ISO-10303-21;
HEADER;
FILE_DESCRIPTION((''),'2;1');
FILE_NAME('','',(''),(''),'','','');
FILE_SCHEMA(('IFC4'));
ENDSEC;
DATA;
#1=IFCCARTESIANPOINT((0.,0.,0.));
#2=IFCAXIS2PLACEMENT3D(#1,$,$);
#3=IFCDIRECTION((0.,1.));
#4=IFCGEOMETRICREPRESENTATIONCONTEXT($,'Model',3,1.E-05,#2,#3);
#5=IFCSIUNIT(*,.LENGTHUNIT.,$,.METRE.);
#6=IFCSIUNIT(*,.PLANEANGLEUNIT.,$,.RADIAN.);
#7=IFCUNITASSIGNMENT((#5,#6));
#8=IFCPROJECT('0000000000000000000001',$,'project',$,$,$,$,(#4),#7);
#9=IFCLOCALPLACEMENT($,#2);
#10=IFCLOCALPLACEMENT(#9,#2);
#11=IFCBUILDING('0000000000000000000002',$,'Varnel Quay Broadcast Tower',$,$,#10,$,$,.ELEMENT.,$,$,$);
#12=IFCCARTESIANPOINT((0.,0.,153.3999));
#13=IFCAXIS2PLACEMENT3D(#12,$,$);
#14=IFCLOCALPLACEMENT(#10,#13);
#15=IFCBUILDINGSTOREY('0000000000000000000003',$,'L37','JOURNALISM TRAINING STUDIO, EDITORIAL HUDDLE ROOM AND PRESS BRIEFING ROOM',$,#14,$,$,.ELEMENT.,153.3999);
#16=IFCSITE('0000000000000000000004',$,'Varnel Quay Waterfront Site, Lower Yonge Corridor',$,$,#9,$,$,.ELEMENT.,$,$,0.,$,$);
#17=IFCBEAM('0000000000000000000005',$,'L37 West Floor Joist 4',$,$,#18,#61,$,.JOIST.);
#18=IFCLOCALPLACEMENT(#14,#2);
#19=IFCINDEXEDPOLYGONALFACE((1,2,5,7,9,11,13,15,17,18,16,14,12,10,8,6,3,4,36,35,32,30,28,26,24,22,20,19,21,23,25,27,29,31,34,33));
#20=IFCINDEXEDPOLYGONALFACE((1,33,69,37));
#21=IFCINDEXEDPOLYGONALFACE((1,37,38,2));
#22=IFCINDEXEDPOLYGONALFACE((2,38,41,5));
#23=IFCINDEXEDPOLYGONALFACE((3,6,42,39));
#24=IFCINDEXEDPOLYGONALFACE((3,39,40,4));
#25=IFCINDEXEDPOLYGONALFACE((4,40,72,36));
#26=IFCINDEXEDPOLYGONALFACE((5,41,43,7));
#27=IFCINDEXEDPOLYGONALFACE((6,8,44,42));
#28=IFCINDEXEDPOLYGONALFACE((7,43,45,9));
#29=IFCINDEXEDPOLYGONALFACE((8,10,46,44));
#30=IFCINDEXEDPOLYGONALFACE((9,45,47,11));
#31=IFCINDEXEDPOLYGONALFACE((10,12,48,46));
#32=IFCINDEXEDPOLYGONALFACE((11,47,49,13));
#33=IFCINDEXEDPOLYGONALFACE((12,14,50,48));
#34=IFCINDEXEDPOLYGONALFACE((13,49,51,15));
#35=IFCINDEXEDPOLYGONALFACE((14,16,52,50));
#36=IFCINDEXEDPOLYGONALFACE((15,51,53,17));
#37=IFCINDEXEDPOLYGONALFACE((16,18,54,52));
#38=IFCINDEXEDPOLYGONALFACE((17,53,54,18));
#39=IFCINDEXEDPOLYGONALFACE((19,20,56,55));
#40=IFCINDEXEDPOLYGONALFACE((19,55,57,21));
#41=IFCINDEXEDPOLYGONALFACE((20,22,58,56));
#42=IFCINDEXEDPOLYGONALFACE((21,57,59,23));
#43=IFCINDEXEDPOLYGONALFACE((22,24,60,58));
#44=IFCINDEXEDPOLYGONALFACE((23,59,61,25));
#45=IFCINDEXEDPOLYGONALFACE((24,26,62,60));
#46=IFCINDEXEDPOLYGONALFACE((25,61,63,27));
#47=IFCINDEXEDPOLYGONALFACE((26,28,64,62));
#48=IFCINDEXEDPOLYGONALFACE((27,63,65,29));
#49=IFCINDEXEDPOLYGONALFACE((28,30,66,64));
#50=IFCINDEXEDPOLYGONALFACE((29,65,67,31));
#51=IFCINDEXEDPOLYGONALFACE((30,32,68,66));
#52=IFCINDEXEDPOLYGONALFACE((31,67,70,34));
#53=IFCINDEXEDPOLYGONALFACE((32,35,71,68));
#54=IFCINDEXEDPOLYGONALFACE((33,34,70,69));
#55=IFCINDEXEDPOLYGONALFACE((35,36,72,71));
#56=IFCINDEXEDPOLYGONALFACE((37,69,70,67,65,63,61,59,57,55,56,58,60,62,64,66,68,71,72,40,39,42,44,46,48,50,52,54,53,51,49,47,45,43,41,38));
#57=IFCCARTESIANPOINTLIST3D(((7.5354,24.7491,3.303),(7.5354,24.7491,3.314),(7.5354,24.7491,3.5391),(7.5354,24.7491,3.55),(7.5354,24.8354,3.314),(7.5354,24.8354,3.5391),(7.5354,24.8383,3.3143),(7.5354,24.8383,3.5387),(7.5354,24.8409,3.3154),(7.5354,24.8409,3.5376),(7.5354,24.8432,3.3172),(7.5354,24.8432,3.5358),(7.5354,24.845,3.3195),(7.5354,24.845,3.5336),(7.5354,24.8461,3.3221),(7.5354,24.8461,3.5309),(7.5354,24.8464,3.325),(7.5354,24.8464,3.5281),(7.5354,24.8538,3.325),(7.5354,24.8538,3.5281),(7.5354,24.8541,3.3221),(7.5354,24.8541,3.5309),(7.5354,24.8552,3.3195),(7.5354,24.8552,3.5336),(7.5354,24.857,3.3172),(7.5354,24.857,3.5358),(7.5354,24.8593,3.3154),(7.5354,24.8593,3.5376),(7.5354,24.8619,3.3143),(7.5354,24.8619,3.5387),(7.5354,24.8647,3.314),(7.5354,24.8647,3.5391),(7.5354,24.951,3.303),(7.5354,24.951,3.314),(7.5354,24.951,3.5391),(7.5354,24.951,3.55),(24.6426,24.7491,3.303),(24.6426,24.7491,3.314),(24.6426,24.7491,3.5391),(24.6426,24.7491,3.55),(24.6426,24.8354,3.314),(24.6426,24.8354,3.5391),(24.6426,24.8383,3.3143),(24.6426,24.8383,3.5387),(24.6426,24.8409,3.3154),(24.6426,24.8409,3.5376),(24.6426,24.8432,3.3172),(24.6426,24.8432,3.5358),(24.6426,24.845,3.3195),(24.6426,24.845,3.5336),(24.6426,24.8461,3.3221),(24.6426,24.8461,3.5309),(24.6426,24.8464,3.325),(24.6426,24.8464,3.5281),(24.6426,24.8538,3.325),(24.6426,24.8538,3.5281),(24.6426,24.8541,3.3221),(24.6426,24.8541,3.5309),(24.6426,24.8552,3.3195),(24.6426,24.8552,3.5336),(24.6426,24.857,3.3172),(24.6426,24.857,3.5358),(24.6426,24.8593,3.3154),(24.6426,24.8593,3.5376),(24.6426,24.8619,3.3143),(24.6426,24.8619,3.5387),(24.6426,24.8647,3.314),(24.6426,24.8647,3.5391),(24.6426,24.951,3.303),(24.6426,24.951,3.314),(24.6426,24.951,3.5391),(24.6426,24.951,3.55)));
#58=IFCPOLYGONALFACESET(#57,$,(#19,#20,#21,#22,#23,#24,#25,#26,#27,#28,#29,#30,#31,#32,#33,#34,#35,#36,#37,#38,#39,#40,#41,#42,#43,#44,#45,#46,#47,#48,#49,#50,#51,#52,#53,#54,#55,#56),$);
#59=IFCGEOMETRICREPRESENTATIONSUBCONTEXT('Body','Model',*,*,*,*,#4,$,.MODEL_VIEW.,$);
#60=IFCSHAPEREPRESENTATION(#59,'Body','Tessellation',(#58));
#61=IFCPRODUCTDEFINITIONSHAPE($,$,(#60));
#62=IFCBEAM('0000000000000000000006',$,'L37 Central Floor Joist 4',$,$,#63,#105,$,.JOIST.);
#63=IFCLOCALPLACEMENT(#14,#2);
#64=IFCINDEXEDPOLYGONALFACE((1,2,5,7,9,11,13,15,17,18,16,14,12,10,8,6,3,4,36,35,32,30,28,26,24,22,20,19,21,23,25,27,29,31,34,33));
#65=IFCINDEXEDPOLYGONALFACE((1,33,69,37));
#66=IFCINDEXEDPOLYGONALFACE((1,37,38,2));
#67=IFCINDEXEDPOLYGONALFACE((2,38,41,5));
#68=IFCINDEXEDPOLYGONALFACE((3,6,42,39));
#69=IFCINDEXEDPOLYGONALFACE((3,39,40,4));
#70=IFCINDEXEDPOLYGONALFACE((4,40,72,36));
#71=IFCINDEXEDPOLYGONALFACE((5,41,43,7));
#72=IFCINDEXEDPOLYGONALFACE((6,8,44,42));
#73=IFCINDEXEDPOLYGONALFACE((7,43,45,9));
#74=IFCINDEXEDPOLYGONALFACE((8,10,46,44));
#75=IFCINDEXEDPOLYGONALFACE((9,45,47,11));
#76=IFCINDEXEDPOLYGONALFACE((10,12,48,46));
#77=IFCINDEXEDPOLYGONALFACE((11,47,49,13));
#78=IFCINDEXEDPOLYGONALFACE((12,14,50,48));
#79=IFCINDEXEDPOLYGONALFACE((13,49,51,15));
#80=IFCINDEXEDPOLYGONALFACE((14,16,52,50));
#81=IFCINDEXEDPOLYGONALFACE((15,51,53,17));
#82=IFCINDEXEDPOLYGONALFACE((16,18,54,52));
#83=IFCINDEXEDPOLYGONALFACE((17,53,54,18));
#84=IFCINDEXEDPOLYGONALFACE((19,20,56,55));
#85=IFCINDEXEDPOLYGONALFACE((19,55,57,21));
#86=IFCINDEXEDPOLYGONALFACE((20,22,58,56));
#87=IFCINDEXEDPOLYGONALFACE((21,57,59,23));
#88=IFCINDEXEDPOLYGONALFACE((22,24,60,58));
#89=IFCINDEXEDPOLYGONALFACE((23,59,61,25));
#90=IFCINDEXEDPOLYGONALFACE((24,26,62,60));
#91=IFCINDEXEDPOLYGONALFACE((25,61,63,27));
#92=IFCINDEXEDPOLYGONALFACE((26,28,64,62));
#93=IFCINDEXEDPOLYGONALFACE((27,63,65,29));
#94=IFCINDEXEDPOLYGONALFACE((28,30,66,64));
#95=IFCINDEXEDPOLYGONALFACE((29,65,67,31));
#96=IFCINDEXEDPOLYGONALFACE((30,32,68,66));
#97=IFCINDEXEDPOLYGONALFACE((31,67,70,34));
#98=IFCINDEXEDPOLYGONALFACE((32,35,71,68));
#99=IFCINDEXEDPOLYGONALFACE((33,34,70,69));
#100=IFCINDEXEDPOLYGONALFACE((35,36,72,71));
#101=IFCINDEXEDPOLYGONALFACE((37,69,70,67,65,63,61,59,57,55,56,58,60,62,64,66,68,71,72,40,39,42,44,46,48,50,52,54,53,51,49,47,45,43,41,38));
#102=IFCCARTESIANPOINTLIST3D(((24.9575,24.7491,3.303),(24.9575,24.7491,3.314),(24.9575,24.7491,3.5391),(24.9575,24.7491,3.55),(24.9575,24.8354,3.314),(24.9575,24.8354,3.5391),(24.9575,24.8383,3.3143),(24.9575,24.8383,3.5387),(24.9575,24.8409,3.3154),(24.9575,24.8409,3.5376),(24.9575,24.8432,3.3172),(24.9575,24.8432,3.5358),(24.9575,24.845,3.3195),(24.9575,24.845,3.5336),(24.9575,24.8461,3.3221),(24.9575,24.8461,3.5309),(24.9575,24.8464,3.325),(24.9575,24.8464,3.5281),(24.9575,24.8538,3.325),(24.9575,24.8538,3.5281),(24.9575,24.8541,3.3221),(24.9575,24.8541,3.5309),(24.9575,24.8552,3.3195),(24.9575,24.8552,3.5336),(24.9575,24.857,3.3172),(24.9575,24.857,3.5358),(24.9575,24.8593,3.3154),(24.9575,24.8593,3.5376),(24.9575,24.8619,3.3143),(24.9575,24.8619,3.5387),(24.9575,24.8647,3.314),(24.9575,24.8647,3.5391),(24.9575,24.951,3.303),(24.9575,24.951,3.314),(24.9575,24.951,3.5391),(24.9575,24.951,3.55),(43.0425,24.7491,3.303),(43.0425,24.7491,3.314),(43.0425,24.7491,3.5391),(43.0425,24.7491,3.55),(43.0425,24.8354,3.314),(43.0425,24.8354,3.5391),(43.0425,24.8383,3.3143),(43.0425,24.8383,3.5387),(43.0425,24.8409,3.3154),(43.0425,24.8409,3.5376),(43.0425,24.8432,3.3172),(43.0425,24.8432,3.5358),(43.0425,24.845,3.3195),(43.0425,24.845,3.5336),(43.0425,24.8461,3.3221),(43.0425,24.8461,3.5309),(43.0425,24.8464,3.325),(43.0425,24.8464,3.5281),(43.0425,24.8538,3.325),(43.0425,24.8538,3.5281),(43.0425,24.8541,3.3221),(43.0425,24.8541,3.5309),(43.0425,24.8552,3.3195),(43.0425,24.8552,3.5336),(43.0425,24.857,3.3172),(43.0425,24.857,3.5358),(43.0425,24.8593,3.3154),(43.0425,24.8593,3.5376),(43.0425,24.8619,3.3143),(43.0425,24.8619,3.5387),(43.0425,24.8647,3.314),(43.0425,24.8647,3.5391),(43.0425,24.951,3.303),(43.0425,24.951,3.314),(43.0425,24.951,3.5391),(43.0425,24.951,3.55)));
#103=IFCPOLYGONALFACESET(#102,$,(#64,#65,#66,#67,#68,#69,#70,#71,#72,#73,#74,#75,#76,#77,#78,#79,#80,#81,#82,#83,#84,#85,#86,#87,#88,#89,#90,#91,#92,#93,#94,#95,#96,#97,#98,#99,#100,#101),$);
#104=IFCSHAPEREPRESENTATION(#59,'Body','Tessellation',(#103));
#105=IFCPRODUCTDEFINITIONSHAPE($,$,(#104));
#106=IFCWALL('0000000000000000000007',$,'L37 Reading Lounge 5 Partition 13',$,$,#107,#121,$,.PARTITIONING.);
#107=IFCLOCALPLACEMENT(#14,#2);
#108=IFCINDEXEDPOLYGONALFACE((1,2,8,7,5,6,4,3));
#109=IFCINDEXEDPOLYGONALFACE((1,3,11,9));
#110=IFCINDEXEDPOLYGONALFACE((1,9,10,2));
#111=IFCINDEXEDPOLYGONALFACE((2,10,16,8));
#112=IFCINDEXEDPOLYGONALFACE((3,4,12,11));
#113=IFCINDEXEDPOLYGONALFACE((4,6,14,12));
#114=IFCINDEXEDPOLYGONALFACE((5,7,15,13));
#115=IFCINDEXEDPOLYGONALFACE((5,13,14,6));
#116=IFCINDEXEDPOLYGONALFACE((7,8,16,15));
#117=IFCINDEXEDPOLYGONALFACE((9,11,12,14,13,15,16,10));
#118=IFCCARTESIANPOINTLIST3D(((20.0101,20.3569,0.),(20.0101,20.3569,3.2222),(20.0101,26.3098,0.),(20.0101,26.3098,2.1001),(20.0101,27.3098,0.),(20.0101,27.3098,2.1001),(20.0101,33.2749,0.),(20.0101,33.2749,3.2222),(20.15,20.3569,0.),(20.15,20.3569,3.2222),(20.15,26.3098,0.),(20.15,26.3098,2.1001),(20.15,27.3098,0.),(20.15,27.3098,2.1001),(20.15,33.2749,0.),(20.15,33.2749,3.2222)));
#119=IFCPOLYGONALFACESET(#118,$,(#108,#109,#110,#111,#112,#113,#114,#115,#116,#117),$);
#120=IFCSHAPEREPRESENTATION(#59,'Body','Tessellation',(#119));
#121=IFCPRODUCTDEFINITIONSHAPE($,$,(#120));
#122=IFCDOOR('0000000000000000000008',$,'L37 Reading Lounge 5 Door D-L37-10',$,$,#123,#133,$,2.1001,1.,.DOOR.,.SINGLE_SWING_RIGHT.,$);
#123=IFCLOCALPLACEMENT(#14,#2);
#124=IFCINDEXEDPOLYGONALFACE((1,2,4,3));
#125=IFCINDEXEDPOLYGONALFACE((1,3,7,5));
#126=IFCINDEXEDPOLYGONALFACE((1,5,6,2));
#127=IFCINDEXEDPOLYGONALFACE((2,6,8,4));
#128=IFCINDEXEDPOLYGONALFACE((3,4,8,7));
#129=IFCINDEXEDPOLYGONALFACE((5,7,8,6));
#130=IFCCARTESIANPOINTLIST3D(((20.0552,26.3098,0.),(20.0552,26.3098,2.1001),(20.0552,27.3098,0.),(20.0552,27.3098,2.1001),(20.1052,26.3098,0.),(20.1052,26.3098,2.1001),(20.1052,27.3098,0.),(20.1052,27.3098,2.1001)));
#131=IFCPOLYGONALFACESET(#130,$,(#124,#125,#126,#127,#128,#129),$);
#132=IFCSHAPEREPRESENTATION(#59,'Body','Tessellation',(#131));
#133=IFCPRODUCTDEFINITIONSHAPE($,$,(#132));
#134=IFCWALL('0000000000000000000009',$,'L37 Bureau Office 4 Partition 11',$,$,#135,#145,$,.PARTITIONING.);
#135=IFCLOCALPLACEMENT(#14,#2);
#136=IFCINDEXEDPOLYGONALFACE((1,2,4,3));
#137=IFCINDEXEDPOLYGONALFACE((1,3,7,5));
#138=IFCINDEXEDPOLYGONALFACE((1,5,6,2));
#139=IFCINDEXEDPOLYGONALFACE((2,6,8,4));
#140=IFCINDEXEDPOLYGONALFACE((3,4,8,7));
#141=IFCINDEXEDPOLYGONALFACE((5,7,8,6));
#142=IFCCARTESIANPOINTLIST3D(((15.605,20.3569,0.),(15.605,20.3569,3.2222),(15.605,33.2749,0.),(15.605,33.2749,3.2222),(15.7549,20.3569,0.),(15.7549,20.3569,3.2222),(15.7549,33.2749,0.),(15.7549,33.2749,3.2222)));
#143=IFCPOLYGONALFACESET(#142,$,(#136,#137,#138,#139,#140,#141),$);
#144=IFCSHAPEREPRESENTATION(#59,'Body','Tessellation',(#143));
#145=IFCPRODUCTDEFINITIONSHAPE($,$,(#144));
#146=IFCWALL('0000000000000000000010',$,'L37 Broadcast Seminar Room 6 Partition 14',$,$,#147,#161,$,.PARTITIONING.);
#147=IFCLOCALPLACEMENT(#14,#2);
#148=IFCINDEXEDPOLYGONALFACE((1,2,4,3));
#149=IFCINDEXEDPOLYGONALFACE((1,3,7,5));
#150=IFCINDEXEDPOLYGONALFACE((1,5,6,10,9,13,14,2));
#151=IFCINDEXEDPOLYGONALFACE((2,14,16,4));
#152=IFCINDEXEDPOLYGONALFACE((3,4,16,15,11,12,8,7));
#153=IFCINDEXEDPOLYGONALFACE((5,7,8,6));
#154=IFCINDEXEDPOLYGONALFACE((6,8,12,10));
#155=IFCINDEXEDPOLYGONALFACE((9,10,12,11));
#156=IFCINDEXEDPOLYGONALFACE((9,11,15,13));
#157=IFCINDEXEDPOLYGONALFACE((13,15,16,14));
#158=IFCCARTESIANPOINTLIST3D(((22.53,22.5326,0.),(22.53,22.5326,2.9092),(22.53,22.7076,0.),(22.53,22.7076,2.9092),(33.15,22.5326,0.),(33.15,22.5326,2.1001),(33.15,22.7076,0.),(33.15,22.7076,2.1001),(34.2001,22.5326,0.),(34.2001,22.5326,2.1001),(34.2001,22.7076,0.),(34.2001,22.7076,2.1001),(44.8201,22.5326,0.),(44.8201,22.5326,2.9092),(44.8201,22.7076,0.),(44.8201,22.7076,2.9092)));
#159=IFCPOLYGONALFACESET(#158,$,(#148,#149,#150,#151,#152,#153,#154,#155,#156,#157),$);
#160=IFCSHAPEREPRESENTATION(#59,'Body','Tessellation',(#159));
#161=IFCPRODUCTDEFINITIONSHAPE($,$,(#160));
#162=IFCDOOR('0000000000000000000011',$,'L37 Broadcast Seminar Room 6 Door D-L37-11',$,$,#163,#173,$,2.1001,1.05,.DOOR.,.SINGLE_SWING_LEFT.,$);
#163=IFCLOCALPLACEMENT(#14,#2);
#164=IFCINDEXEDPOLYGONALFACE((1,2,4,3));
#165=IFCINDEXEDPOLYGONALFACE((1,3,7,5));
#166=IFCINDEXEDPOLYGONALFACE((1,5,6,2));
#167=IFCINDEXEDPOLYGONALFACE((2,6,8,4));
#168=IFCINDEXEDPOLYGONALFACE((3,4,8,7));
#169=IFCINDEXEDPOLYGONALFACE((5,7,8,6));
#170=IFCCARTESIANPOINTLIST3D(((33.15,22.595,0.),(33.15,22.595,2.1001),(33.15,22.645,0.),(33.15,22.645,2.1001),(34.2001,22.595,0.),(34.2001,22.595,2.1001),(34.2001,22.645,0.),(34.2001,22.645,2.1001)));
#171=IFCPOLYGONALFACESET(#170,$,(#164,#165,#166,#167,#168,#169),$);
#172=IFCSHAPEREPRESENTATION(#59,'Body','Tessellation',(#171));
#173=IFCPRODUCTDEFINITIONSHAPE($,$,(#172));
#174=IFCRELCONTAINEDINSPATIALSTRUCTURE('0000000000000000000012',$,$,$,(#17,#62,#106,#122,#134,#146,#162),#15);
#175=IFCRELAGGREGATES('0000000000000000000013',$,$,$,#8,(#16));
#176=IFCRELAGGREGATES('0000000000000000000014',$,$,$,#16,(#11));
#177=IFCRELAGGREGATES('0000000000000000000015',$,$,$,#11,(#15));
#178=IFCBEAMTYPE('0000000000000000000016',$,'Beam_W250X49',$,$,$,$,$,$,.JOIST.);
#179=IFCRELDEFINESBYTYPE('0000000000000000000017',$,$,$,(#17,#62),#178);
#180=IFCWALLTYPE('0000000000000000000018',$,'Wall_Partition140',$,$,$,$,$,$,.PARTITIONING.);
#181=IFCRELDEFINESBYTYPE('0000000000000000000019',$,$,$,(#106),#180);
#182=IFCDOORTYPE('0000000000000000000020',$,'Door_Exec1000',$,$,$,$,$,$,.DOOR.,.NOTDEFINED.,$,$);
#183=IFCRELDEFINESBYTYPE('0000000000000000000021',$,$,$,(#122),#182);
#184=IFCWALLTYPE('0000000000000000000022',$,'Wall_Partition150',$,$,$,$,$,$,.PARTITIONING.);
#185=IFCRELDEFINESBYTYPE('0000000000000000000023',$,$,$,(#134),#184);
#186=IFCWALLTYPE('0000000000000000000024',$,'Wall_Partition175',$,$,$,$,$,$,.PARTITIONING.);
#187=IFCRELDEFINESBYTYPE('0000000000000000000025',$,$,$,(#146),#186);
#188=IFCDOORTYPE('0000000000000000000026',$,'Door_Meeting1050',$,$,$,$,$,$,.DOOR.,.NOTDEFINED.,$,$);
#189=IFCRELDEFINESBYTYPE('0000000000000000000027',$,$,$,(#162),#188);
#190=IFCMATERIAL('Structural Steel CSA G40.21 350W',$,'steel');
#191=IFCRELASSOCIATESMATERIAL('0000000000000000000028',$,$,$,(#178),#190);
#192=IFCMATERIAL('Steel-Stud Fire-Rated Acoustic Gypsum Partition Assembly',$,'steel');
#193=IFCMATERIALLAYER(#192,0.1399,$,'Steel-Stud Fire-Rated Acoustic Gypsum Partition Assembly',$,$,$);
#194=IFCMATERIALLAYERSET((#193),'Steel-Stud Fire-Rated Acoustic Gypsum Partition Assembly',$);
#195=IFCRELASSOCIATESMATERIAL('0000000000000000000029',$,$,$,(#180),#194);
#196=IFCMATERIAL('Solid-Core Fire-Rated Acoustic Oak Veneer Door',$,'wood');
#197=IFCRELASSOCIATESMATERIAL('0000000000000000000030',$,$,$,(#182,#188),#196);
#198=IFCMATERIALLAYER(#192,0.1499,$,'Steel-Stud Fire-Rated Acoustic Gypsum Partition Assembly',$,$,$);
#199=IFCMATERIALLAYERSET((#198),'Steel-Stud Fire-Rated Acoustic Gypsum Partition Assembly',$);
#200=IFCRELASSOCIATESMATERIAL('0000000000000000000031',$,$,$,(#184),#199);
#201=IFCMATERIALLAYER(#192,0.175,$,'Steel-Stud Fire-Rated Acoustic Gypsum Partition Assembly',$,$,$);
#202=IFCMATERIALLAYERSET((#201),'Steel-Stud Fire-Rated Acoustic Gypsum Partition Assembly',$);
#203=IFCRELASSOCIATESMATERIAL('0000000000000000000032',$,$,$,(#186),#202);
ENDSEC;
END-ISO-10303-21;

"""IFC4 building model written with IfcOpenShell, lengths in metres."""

from ifc_helpers import new_model, si_unit, direction, frame, frame_2d, origin, origin_2d, place, context, subcontext, project, spatial, rectangle, i_section, extrude, source, transform, mapped, material, layer, layer_set, material_profile, profile_set, type_object, type_shapes, element, fill, save


model = new_model("IFC4")

# Units and contexts
model_context = context("Model", 3, precision=1e-05, world=origin(), true_north=direction((0.0, 1.0)))
body_context = subcontext(model_context, "Body", "Model", "MODEL_VIEW")
ifc_project = project(units=[si_unit("LENGTHUNIT", "METRE"), si_unit("PLANEANGLEUNIT", "RADIAN")], contexts=[model_context])

# Site, building, storey
site_placement = place(None, origin())
site = spatial("IfcSite", under=ifc_project, at=site_placement, Name="Varnel Quay Waterfront Site, Lower Yonge Corridor", CompositionType="ELEMENT", RefElevation=0.0)
building_placement = place(site_placement, origin())
building = spatial("IfcBuilding", under=site, at=building_placement, Name="Varnel Quay Broadcast Tower", CompositionType="ELEMENT")
storey_placement = place(building_placement, frame((0.0, 0.0, 153.3999)))
storey = spatial("IfcBuildingStorey", under=building, at=storey_placement, Name="L37", Description="JOURNALISM TRAINING STUDIO, EDITORIAL HUDDLE ROOM AND PRESS BRIEFING ROOM", CompositionType="ELEMENT", Elevation=153.3999)

# Beams
ifc_material_1 = material(Name="Structural Steel CSA G40.21 350W", Category="steel")
ifc_material_profile_1 = material_profile(ifc_material_1, i_section(OverallWidth=0.2019, OverallDepth=0.2471, WebThickness=0.0073, FlangeThickness=0.011, FilletRadius=0.011, at=origin_2d()), Name="W250X49")
ifc_profile_set_1 = profile_set([ifc_material_profile_1], Name="Structural Steel CSA G40.21 350W")
beam_type_1 = type_object("IfcBeamType", Name="Beam_W250X49", PredefinedType="JOIST", material=ifc_profile_set_1)
shared_shape_1 = source(origin(), body_context, "Body", "SweptSolid", [
    extrude(i_section(OverallWidth=0.2019, OverallDepth=0.2471, WebThickness=0.0073, FlangeThickness=0.011, FilletRadius=0.011, at=origin_2d()), origin(), (0.0, 0.0, 1.0), 17.1072),
])
beam_1_placement = place(storey_placement, frame((7.5354, 24.8501, 3.4265), z_axis=(1.0, 0.0, 0.0), x_axis=(0.0, 1.0, 0.0)))
element("IfcBeam", 1, at=beam_1_placement, inside=storey, type_object=beam_type_1, Name="L37 West Floor Joist 4", PredefinedType="JOIST", context=body_context, shape_type="MappedRepresentation", body=[
    mapped(shared_shape_1, transform((0.0, 0.0, 0.0), x_axis=(1.0, 0.0, 0.0), y_axis=(0.0, 1.0, 0.0), z_axis=(0.0, 0.0, 1.0), scale=1.0)),
])
shared_shape_2 = source(origin(), body_context, "Body", "SweptSolid", [
    extrude(i_section(OverallWidth=0.2019, OverallDepth=0.2471, WebThickness=0.0073, FlangeThickness=0.011, FilletRadius=0.011, at=origin_2d()), origin(), (0.0, 0.0, 1.0), 18.085),
])
type_shapes(beam_type_1, [shared_shape_1, shared_shape_2])
beam_2_placement = place(storey_placement, frame((24.9575, 24.8501, 3.4265), z_axis=(1.0, 0.0, 0.0), x_axis=(0.0, 1.0, 0.0)))
element("IfcBeam", 2, at=beam_2_placement, inside=storey, type_object=beam_type_1, Name="L37 Central Floor Joist 4", PredefinedType="JOIST", context=body_context, shape_type="MappedRepresentation", body=[
    mapped(shared_shape_2, transform((0.0, 0.0, 0.0), x_axis=(1.0, 0.0, 0.0), y_axis=(0.0, 1.0, 0.0), z_axis=(0.0, 0.0, 1.0), scale=1.0)),
])

# Wall, opening, door
ifc_material_2 = material(Name="Steel-Stud Fire-Rated Acoustic Gypsum Partition Assembly", Category="steel")
ifc_layer_1 = layer(ifc_material_2, 0.1399, Name="Steel-Stud Fire-Rated Acoustic Gypsum Partition Assembly")
ifc_layer_set_1 = layer_set([ifc_layer_1], Name="Steel-Stud Fire-Rated Acoustic Gypsum Partition Assembly")
wall_type_1 = type_object("IfcWallType", Name="Wall_Partition140", PredefinedType="PARTITIONING", material=ifc_layer_set_1)
wall_1_placement = place(storey_placement, frame((20.0801, 20.3569, 0.0), z_axis=(0.0, 0.0, 1.0), x_axis=(0.0, 1.0, 0.0)))
wall_1 = element("IfcWall", 3, at=wall_1_placement, inside=storey, type_object=wall_type_1, Name="L37 Reading Lounge 5 Partition 13", PredefinedType="PARTITIONING", context=body_context, shape_type="SweptSolid", body=[
    extrude(rectangle(XDim=12.918, YDim=0.1399, at=frame_2d((6.459, 0.0))), origin(), (0.0, 0.0, 1.0), 3.2222),
])
opening_1_placement = place(wall_1_placement, frame((5.9529, 0.0, 0.0)))
opening_1 = element("IfcOpeningElement", 4, at=opening_1_placement, cuts=wall_1, PredefinedType="OPENING", context=body_context, shape_type="SweptSolid", body=[
    extrude(rectangle(XDim=1.0, YDim=2.1001, at=frame_2d((0.5, 1.05))), frame((0.0, 0.0801, 0.0), z_axis=(0.0, -1.0, 0.0), x_axis=(1.0, 0.0, 0.0)), (0.0, 0.0, 1.0), 0.1599),
])
ifc_material_3 = material(Name="Solid-Core Fire-Rated Acoustic Oak Veneer Door", Category="wood")
door_type_1 = type_object("IfcDoorType", Name="Door_Exec1000", OperationType="NOTDEFINED", PredefinedType="DOOR", material=ifc_material_3)
shared_shape_3 = source(origin(), body_context, "Body", "SweptSolid", [
    extrude(rectangle(XDim=1.0, YDim=2.1001, at=frame_2d((0.5, 1.05))), frame((0.0, 0.0249, 0.0), z_axis=(0.0, -1.0, 0.0), x_axis=(1.0, 0.0, 0.0)), (0.0, 0.0, 1.0), 0.05),
])
type_shapes(door_type_1, [shared_shape_3])
door_1_placement = place(opening_1_placement, origin())
door_1 = element("IfcDoor", 5, at=door_1_placement, inside=storey, type_object=door_type_1, Name="L37 Reading Lounge 5 Door D-L37-10", OperationType="SINGLE_SWING_RIGHT", OverallHeight=2.1001, OverallWidth=1.0, PredefinedType="DOOR", context=body_context, shape_type="MappedRepresentation", body=[
    mapped(shared_shape_3, transform((0.0, 0.0, 0.0), x_axis=(1.0, 0.0, 0.0), y_axis=(0.0, 1.0, 0.0), z_axis=(0.0, 0.0, 1.0), scale=1.0)),
])
fill(opening_1, door_1)

# Wall
ifc_layer_2 = layer(ifc_material_2, 0.1499, Name="Steel-Stud Fire-Rated Acoustic Gypsum Partition Assembly")
ifc_layer_set_2 = layer_set([ifc_layer_2], Name="Steel-Stud Fire-Rated Acoustic Gypsum Partition Assembly")
wall_type_2 = type_object("IfcWallType", Name="Wall_Partition150", PredefinedType="PARTITIONING", material=ifc_layer_set_2)
wall_2_placement = place(storey_placement, frame((15.6799, 20.3569, 0.0), z_axis=(0.0, 0.0, 1.0), x_axis=(0.0, 1.0, 0.0)))
element("IfcWall", 6, at=wall_2_placement, inside=storey, type_object=wall_type_2, Name="L37 Bureau Office 4 Partition 11", PredefinedType="PARTITIONING", context=body_context, shape_type="SweptSolid", body=[
    extrude(rectangle(XDim=12.918, YDim=0.1499, at=frame_2d((6.459, 0.0))), origin(), (0.0, 0.0, 1.0), 3.2222),
])

# Wall, opening, door
ifc_layer_3 = layer(ifc_material_2, 0.175, Name="Steel-Stud Fire-Rated Acoustic Gypsum Partition Assembly")
ifc_layer_set_3 = layer_set([ifc_layer_3], Name="Steel-Stud Fire-Rated Acoustic Gypsum Partition Assembly")
wall_type_3 = type_object("IfcWallType", Name="Wall_Partition175", PredefinedType="PARTITIONING", material=ifc_layer_set_3)
wall_3_placement = place(storey_placement, frame((22.53, 22.6201, 0.0), z_axis=(0.0, 0.0, 1.0), x_axis=(1.0, 0.0, 0.0)))
wall_3 = element("IfcWall", 7, at=wall_3_placement, inside=storey, type_object=wall_type_3, Name="L37 Broadcast Seminar Room 6 Partition 14", PredefinedType="PARTITIONING", context=body_context, shape_type="SweptSolid", body=[
    extrude(rectangle(XDim=22.29, YDim=0.175, at=frame_2d((11.145, 0.0))), origin(), (0.0, 0.0, 1.0), 2.9092),
])
opening_2_placement = place(wall_3_placement, frame((10.6201, 0.0, 0.0)))
opening_2 = element("IfcOpeningElement", 8, at=opening_2_placement, cuts=wall_3, PredefinedType="OPENING", context=body_context, shape_type="SweptSolid", body=[
    extrude(rectangle(XDim=1.05, YDim=2.1001, at=frame_2d((0.5249, 1.05))), frame((0.0, 0.0977, 0.0), z_axis=(0.0, -1.0, 0.0), x_axis=(1.0, 0.0, 0.0)), (0.0, 0.0, 1.0), 0.1951),
])
door_type_2 = type_object("IfcDoorType", Name="Door_Meeting1050", OperationType="NOTDEFINED", PredefinedType="DOOR", material=ifc_material_3)
shared_shape_4 = source(origin(), body_context, "Body", "SweptSolid", [
    extrude(rectangle(XDim=1.05, YDim=2.1001, at=frame_2d((0.5249, 1.05))), frame((0.0, 0.0249, 0.0), z_axis=(0.0, -1.0, 0.0), x_axis=(1.0, 0.0, 0.0)), (0.0, 0.0, 1.0), 0.05),
])
type_shapes(door_type_2, [shared_shape_4])
door_2_placement = place(opening_2_placement, origin())
door_2 = element("IfcDoor", 9, at=door_2_placement, inside=storey, type_object=door_type_2, Name="L37 Broadcast Seminar Room 6 Door D-L37-11", OperationType="SINGLE_SWING_LEFT", OverallHeight=2.1001, OverallWidth=1.05, PredefinedType="DOOR", context=body_context, shape_type="MappedRepresentation", body=[
    mapped(shared_shape_4, transform((0.0, 0.0, 0.0), x_axis=(1.0, 0.0, 0.0), y_axis=(0.0, 1.0, 0.0), z_axis=(0.0, 0.0, 1.0), scale=1.0)),
])
fill(opening_2, door_2)

save(model, "model.ifc")
